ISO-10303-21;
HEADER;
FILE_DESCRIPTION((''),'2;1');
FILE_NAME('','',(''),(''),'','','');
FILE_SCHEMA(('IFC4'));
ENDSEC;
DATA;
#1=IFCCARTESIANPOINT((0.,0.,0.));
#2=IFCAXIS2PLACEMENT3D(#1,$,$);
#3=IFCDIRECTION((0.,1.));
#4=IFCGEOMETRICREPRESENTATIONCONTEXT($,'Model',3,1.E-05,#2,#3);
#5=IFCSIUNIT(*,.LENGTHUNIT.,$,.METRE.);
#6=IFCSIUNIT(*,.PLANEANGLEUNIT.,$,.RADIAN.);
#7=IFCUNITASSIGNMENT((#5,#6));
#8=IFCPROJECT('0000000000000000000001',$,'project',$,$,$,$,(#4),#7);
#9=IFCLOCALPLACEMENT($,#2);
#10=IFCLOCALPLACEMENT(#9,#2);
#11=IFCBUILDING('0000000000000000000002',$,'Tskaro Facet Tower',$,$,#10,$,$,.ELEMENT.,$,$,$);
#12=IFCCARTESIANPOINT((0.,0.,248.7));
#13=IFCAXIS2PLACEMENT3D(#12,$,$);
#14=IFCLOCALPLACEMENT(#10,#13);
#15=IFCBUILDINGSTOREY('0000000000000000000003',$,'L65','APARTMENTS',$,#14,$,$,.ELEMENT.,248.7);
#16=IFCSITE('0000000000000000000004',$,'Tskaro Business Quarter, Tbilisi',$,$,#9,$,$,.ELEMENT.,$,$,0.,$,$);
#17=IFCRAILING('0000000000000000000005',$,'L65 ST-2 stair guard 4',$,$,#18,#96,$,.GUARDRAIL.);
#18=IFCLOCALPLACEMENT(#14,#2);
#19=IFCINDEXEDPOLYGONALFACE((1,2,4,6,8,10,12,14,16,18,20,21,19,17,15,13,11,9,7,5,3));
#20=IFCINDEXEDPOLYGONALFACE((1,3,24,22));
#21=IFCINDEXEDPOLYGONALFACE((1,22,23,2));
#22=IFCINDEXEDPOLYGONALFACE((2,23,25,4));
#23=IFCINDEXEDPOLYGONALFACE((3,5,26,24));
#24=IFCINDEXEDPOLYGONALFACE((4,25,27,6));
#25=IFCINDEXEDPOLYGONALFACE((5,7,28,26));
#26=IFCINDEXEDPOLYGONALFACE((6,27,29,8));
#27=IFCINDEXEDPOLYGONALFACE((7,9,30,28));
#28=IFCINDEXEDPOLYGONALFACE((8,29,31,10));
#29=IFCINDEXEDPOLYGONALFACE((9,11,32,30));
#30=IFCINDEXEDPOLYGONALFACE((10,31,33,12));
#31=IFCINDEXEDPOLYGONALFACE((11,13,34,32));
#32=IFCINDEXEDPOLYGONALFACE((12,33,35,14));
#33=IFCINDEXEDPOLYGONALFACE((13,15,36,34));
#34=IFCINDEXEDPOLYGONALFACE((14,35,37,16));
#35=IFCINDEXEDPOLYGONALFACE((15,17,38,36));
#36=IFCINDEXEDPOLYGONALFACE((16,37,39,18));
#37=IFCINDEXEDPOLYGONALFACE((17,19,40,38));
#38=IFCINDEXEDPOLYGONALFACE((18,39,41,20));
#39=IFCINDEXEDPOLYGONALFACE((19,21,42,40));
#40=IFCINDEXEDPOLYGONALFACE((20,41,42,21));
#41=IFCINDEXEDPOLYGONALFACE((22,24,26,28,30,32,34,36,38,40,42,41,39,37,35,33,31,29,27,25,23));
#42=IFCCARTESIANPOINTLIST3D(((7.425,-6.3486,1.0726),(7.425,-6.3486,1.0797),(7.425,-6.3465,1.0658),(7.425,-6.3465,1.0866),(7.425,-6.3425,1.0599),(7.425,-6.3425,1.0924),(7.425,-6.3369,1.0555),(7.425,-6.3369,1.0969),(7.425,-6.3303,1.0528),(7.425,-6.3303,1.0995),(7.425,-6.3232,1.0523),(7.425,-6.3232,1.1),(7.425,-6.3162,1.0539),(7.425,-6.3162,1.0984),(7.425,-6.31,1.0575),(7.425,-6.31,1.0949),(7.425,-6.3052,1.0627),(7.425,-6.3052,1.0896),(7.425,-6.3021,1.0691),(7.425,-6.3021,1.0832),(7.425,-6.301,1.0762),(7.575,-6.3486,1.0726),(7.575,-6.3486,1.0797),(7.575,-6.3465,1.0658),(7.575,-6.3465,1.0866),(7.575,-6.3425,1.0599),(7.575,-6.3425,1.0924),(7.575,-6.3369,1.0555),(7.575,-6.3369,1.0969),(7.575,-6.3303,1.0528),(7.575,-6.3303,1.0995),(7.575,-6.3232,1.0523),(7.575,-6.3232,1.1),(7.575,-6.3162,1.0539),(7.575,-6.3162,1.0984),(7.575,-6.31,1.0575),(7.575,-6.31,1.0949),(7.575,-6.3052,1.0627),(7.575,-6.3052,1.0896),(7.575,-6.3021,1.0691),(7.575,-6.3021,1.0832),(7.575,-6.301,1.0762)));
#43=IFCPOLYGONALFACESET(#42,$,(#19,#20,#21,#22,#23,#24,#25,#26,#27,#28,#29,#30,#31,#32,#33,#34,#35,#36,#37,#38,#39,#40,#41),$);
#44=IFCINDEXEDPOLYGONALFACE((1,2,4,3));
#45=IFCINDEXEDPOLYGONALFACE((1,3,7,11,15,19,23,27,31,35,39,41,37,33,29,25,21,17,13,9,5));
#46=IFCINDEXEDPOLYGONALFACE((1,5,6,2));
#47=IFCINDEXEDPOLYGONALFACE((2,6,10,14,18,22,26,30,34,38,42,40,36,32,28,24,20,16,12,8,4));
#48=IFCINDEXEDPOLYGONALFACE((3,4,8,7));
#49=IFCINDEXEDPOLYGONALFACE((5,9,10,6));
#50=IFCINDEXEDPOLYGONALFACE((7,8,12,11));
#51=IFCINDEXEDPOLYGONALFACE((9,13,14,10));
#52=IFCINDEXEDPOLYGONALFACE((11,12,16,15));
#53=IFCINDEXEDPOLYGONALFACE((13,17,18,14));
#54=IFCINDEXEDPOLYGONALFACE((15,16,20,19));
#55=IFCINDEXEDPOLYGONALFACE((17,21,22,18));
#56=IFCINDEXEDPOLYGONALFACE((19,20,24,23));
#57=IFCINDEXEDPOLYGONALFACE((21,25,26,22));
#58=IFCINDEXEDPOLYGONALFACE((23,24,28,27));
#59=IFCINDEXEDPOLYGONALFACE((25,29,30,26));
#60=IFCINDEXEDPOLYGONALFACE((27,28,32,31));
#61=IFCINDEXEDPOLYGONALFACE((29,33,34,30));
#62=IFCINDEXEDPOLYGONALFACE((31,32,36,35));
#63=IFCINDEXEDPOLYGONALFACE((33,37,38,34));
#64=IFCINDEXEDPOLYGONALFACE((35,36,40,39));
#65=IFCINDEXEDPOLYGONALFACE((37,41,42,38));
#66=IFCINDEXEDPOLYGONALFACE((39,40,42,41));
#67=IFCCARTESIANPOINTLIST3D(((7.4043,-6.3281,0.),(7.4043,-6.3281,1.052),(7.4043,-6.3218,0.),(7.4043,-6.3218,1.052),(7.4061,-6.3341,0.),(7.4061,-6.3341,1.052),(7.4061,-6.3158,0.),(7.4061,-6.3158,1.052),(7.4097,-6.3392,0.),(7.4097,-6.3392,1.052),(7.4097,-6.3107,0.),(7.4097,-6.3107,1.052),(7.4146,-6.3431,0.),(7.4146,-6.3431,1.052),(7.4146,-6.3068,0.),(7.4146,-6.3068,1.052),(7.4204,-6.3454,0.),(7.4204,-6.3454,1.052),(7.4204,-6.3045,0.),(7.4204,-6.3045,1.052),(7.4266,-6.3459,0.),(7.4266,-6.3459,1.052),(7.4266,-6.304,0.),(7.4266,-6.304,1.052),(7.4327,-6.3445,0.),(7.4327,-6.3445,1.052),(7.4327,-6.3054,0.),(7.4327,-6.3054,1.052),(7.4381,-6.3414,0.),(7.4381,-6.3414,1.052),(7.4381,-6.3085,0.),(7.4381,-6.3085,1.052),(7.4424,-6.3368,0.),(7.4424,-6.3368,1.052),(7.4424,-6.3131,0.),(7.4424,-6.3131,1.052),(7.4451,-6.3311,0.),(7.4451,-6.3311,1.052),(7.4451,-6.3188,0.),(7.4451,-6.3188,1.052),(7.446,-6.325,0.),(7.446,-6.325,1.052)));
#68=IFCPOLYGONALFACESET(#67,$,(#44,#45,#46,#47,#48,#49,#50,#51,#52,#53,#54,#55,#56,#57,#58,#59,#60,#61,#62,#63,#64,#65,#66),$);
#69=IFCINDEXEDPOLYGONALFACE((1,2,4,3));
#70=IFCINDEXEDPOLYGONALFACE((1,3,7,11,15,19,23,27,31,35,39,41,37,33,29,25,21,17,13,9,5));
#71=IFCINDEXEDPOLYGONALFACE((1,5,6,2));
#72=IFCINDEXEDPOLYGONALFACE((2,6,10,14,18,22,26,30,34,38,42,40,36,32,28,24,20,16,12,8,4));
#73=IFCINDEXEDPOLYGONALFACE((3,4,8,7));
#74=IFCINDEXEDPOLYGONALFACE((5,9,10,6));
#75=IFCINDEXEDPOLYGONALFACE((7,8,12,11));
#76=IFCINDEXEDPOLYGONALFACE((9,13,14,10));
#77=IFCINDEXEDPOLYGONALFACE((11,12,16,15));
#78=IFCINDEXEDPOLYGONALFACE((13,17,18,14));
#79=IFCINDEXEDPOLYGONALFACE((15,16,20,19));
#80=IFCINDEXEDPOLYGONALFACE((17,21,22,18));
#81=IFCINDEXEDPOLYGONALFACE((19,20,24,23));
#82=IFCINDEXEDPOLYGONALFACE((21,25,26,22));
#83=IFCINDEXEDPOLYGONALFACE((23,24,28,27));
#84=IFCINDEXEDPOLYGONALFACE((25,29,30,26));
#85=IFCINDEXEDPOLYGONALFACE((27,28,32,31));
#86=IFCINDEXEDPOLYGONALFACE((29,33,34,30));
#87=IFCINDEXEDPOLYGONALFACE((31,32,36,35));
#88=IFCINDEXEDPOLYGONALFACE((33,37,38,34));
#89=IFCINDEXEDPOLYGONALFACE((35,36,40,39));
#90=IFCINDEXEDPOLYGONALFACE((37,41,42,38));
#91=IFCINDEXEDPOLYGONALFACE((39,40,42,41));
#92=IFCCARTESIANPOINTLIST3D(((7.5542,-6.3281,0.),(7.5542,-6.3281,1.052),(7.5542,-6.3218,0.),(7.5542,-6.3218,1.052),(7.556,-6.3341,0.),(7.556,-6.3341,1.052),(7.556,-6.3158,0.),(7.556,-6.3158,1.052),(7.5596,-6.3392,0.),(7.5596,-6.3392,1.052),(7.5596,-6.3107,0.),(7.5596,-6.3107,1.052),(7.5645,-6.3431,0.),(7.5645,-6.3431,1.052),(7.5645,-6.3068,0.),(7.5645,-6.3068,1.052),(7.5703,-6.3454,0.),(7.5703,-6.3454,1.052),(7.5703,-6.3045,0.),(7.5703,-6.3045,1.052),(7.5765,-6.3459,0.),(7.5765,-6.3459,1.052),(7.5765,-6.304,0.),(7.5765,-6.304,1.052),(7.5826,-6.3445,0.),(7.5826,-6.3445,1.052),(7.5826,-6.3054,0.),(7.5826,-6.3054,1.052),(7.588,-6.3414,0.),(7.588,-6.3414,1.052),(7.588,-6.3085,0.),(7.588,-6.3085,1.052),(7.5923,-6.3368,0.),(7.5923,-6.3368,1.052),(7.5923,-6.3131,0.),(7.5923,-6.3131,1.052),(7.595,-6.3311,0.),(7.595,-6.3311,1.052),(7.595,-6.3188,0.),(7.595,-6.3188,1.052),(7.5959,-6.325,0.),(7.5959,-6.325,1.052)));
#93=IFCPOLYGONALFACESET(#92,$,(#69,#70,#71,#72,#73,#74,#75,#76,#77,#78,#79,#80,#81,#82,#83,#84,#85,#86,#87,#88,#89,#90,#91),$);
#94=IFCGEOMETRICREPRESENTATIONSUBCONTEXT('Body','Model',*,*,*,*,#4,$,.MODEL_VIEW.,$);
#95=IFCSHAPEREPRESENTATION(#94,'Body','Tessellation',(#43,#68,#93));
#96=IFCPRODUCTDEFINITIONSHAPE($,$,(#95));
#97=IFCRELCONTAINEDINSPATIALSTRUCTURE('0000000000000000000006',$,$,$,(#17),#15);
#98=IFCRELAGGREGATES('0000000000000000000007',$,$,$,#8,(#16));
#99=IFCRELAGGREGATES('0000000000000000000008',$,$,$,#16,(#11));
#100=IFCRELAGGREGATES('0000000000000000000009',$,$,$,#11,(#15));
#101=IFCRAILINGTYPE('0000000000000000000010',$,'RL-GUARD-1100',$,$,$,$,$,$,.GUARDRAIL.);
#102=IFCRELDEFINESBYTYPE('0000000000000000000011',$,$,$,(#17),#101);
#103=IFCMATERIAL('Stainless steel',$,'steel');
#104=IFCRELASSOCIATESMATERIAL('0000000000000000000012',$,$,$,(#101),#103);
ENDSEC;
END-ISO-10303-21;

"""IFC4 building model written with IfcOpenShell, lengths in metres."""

from ifc_helpers import new_model, si_unit, direction, frame, origin, origin_2d, place, context, subcontext, project, spatial, circle, extrude, material, type_object, element, save


model = new_model("IFC4")

# Units and contexts
model_context = context("Model", 3, precision=1e-05, world=origin(), true_north=direction((0.0, 1.0)))
body_context = subcontext(model_context, "Body", "Model", "MODEL_VIEW")
ifc_project = project(units=[si_unit("LENGTHUNIT", "METRE"), si_unit("PLANEANGLEUNIT", "RADIAN")], contexts=[model_context])

# Site, building, storey
site_placement = place(None, origin())
site = spatial("IfcSite", under=ifc_project, at=site_placement, Name="Tskaro Business Quarter, Tbilisi", CompositionType="ELEMENT", RefElevation=0.0)
building_placement = place(site_placement, origin())
building = spatial("IfcBuilding", under=site, at=building_placement, Name="Tskaro Facet Tower", CompositionType="ELEMENT")
storey_placement = place(building_placement, frame((0.0, 0.0, 248.7)))
storey = spatial("IfcBuildingStorey", under=building, at=storey_placement, Name="L65", Description="APARTMENTS", CompositionType="ELEMENT", Elevation=248.7)

# Railing
ifc_material_1 = material(Name="Stainless steel", Category="steel")
railing_type_1 = type_object("IfcRailingType", Name="RL-GUARD-1100", PredefinedType="GUARDRAIL", material=ifc_material_1)
railing_1_placement = place(storey_placement, frame((7.425, -6.325, 0.0)))
element("IfcRailing", 1, at=railing_1_placement, inside=storey, type_object=railing_type_1, Name="L65 ST-2 stair guard 4", PredefinedType="GUARDRAIL", context=body_context, shape_type="SweptSolid", body=[
    extrude(circle(Radius=0.0239, at=origin_2d()), frame((0.0, 0.0, 1.0762), z_axis=(1.0, 0.0, 0.0), x_axis=(0.0, 1.0, 0.0)), (0.0, 0.0, 1.0), 0.1499),
    extrude(circle(Radius=0.021, at=origin_2d()), origin(), (0.0, 0.0, 1.0), 1.052),
    extrude(circle(Radius=0.021, at=origin_2d()), frame((0.1499, 0.0, 0.0)), (0.0, 0.0, 1.0), 1.052),
])

save(model, "model.ifc")
